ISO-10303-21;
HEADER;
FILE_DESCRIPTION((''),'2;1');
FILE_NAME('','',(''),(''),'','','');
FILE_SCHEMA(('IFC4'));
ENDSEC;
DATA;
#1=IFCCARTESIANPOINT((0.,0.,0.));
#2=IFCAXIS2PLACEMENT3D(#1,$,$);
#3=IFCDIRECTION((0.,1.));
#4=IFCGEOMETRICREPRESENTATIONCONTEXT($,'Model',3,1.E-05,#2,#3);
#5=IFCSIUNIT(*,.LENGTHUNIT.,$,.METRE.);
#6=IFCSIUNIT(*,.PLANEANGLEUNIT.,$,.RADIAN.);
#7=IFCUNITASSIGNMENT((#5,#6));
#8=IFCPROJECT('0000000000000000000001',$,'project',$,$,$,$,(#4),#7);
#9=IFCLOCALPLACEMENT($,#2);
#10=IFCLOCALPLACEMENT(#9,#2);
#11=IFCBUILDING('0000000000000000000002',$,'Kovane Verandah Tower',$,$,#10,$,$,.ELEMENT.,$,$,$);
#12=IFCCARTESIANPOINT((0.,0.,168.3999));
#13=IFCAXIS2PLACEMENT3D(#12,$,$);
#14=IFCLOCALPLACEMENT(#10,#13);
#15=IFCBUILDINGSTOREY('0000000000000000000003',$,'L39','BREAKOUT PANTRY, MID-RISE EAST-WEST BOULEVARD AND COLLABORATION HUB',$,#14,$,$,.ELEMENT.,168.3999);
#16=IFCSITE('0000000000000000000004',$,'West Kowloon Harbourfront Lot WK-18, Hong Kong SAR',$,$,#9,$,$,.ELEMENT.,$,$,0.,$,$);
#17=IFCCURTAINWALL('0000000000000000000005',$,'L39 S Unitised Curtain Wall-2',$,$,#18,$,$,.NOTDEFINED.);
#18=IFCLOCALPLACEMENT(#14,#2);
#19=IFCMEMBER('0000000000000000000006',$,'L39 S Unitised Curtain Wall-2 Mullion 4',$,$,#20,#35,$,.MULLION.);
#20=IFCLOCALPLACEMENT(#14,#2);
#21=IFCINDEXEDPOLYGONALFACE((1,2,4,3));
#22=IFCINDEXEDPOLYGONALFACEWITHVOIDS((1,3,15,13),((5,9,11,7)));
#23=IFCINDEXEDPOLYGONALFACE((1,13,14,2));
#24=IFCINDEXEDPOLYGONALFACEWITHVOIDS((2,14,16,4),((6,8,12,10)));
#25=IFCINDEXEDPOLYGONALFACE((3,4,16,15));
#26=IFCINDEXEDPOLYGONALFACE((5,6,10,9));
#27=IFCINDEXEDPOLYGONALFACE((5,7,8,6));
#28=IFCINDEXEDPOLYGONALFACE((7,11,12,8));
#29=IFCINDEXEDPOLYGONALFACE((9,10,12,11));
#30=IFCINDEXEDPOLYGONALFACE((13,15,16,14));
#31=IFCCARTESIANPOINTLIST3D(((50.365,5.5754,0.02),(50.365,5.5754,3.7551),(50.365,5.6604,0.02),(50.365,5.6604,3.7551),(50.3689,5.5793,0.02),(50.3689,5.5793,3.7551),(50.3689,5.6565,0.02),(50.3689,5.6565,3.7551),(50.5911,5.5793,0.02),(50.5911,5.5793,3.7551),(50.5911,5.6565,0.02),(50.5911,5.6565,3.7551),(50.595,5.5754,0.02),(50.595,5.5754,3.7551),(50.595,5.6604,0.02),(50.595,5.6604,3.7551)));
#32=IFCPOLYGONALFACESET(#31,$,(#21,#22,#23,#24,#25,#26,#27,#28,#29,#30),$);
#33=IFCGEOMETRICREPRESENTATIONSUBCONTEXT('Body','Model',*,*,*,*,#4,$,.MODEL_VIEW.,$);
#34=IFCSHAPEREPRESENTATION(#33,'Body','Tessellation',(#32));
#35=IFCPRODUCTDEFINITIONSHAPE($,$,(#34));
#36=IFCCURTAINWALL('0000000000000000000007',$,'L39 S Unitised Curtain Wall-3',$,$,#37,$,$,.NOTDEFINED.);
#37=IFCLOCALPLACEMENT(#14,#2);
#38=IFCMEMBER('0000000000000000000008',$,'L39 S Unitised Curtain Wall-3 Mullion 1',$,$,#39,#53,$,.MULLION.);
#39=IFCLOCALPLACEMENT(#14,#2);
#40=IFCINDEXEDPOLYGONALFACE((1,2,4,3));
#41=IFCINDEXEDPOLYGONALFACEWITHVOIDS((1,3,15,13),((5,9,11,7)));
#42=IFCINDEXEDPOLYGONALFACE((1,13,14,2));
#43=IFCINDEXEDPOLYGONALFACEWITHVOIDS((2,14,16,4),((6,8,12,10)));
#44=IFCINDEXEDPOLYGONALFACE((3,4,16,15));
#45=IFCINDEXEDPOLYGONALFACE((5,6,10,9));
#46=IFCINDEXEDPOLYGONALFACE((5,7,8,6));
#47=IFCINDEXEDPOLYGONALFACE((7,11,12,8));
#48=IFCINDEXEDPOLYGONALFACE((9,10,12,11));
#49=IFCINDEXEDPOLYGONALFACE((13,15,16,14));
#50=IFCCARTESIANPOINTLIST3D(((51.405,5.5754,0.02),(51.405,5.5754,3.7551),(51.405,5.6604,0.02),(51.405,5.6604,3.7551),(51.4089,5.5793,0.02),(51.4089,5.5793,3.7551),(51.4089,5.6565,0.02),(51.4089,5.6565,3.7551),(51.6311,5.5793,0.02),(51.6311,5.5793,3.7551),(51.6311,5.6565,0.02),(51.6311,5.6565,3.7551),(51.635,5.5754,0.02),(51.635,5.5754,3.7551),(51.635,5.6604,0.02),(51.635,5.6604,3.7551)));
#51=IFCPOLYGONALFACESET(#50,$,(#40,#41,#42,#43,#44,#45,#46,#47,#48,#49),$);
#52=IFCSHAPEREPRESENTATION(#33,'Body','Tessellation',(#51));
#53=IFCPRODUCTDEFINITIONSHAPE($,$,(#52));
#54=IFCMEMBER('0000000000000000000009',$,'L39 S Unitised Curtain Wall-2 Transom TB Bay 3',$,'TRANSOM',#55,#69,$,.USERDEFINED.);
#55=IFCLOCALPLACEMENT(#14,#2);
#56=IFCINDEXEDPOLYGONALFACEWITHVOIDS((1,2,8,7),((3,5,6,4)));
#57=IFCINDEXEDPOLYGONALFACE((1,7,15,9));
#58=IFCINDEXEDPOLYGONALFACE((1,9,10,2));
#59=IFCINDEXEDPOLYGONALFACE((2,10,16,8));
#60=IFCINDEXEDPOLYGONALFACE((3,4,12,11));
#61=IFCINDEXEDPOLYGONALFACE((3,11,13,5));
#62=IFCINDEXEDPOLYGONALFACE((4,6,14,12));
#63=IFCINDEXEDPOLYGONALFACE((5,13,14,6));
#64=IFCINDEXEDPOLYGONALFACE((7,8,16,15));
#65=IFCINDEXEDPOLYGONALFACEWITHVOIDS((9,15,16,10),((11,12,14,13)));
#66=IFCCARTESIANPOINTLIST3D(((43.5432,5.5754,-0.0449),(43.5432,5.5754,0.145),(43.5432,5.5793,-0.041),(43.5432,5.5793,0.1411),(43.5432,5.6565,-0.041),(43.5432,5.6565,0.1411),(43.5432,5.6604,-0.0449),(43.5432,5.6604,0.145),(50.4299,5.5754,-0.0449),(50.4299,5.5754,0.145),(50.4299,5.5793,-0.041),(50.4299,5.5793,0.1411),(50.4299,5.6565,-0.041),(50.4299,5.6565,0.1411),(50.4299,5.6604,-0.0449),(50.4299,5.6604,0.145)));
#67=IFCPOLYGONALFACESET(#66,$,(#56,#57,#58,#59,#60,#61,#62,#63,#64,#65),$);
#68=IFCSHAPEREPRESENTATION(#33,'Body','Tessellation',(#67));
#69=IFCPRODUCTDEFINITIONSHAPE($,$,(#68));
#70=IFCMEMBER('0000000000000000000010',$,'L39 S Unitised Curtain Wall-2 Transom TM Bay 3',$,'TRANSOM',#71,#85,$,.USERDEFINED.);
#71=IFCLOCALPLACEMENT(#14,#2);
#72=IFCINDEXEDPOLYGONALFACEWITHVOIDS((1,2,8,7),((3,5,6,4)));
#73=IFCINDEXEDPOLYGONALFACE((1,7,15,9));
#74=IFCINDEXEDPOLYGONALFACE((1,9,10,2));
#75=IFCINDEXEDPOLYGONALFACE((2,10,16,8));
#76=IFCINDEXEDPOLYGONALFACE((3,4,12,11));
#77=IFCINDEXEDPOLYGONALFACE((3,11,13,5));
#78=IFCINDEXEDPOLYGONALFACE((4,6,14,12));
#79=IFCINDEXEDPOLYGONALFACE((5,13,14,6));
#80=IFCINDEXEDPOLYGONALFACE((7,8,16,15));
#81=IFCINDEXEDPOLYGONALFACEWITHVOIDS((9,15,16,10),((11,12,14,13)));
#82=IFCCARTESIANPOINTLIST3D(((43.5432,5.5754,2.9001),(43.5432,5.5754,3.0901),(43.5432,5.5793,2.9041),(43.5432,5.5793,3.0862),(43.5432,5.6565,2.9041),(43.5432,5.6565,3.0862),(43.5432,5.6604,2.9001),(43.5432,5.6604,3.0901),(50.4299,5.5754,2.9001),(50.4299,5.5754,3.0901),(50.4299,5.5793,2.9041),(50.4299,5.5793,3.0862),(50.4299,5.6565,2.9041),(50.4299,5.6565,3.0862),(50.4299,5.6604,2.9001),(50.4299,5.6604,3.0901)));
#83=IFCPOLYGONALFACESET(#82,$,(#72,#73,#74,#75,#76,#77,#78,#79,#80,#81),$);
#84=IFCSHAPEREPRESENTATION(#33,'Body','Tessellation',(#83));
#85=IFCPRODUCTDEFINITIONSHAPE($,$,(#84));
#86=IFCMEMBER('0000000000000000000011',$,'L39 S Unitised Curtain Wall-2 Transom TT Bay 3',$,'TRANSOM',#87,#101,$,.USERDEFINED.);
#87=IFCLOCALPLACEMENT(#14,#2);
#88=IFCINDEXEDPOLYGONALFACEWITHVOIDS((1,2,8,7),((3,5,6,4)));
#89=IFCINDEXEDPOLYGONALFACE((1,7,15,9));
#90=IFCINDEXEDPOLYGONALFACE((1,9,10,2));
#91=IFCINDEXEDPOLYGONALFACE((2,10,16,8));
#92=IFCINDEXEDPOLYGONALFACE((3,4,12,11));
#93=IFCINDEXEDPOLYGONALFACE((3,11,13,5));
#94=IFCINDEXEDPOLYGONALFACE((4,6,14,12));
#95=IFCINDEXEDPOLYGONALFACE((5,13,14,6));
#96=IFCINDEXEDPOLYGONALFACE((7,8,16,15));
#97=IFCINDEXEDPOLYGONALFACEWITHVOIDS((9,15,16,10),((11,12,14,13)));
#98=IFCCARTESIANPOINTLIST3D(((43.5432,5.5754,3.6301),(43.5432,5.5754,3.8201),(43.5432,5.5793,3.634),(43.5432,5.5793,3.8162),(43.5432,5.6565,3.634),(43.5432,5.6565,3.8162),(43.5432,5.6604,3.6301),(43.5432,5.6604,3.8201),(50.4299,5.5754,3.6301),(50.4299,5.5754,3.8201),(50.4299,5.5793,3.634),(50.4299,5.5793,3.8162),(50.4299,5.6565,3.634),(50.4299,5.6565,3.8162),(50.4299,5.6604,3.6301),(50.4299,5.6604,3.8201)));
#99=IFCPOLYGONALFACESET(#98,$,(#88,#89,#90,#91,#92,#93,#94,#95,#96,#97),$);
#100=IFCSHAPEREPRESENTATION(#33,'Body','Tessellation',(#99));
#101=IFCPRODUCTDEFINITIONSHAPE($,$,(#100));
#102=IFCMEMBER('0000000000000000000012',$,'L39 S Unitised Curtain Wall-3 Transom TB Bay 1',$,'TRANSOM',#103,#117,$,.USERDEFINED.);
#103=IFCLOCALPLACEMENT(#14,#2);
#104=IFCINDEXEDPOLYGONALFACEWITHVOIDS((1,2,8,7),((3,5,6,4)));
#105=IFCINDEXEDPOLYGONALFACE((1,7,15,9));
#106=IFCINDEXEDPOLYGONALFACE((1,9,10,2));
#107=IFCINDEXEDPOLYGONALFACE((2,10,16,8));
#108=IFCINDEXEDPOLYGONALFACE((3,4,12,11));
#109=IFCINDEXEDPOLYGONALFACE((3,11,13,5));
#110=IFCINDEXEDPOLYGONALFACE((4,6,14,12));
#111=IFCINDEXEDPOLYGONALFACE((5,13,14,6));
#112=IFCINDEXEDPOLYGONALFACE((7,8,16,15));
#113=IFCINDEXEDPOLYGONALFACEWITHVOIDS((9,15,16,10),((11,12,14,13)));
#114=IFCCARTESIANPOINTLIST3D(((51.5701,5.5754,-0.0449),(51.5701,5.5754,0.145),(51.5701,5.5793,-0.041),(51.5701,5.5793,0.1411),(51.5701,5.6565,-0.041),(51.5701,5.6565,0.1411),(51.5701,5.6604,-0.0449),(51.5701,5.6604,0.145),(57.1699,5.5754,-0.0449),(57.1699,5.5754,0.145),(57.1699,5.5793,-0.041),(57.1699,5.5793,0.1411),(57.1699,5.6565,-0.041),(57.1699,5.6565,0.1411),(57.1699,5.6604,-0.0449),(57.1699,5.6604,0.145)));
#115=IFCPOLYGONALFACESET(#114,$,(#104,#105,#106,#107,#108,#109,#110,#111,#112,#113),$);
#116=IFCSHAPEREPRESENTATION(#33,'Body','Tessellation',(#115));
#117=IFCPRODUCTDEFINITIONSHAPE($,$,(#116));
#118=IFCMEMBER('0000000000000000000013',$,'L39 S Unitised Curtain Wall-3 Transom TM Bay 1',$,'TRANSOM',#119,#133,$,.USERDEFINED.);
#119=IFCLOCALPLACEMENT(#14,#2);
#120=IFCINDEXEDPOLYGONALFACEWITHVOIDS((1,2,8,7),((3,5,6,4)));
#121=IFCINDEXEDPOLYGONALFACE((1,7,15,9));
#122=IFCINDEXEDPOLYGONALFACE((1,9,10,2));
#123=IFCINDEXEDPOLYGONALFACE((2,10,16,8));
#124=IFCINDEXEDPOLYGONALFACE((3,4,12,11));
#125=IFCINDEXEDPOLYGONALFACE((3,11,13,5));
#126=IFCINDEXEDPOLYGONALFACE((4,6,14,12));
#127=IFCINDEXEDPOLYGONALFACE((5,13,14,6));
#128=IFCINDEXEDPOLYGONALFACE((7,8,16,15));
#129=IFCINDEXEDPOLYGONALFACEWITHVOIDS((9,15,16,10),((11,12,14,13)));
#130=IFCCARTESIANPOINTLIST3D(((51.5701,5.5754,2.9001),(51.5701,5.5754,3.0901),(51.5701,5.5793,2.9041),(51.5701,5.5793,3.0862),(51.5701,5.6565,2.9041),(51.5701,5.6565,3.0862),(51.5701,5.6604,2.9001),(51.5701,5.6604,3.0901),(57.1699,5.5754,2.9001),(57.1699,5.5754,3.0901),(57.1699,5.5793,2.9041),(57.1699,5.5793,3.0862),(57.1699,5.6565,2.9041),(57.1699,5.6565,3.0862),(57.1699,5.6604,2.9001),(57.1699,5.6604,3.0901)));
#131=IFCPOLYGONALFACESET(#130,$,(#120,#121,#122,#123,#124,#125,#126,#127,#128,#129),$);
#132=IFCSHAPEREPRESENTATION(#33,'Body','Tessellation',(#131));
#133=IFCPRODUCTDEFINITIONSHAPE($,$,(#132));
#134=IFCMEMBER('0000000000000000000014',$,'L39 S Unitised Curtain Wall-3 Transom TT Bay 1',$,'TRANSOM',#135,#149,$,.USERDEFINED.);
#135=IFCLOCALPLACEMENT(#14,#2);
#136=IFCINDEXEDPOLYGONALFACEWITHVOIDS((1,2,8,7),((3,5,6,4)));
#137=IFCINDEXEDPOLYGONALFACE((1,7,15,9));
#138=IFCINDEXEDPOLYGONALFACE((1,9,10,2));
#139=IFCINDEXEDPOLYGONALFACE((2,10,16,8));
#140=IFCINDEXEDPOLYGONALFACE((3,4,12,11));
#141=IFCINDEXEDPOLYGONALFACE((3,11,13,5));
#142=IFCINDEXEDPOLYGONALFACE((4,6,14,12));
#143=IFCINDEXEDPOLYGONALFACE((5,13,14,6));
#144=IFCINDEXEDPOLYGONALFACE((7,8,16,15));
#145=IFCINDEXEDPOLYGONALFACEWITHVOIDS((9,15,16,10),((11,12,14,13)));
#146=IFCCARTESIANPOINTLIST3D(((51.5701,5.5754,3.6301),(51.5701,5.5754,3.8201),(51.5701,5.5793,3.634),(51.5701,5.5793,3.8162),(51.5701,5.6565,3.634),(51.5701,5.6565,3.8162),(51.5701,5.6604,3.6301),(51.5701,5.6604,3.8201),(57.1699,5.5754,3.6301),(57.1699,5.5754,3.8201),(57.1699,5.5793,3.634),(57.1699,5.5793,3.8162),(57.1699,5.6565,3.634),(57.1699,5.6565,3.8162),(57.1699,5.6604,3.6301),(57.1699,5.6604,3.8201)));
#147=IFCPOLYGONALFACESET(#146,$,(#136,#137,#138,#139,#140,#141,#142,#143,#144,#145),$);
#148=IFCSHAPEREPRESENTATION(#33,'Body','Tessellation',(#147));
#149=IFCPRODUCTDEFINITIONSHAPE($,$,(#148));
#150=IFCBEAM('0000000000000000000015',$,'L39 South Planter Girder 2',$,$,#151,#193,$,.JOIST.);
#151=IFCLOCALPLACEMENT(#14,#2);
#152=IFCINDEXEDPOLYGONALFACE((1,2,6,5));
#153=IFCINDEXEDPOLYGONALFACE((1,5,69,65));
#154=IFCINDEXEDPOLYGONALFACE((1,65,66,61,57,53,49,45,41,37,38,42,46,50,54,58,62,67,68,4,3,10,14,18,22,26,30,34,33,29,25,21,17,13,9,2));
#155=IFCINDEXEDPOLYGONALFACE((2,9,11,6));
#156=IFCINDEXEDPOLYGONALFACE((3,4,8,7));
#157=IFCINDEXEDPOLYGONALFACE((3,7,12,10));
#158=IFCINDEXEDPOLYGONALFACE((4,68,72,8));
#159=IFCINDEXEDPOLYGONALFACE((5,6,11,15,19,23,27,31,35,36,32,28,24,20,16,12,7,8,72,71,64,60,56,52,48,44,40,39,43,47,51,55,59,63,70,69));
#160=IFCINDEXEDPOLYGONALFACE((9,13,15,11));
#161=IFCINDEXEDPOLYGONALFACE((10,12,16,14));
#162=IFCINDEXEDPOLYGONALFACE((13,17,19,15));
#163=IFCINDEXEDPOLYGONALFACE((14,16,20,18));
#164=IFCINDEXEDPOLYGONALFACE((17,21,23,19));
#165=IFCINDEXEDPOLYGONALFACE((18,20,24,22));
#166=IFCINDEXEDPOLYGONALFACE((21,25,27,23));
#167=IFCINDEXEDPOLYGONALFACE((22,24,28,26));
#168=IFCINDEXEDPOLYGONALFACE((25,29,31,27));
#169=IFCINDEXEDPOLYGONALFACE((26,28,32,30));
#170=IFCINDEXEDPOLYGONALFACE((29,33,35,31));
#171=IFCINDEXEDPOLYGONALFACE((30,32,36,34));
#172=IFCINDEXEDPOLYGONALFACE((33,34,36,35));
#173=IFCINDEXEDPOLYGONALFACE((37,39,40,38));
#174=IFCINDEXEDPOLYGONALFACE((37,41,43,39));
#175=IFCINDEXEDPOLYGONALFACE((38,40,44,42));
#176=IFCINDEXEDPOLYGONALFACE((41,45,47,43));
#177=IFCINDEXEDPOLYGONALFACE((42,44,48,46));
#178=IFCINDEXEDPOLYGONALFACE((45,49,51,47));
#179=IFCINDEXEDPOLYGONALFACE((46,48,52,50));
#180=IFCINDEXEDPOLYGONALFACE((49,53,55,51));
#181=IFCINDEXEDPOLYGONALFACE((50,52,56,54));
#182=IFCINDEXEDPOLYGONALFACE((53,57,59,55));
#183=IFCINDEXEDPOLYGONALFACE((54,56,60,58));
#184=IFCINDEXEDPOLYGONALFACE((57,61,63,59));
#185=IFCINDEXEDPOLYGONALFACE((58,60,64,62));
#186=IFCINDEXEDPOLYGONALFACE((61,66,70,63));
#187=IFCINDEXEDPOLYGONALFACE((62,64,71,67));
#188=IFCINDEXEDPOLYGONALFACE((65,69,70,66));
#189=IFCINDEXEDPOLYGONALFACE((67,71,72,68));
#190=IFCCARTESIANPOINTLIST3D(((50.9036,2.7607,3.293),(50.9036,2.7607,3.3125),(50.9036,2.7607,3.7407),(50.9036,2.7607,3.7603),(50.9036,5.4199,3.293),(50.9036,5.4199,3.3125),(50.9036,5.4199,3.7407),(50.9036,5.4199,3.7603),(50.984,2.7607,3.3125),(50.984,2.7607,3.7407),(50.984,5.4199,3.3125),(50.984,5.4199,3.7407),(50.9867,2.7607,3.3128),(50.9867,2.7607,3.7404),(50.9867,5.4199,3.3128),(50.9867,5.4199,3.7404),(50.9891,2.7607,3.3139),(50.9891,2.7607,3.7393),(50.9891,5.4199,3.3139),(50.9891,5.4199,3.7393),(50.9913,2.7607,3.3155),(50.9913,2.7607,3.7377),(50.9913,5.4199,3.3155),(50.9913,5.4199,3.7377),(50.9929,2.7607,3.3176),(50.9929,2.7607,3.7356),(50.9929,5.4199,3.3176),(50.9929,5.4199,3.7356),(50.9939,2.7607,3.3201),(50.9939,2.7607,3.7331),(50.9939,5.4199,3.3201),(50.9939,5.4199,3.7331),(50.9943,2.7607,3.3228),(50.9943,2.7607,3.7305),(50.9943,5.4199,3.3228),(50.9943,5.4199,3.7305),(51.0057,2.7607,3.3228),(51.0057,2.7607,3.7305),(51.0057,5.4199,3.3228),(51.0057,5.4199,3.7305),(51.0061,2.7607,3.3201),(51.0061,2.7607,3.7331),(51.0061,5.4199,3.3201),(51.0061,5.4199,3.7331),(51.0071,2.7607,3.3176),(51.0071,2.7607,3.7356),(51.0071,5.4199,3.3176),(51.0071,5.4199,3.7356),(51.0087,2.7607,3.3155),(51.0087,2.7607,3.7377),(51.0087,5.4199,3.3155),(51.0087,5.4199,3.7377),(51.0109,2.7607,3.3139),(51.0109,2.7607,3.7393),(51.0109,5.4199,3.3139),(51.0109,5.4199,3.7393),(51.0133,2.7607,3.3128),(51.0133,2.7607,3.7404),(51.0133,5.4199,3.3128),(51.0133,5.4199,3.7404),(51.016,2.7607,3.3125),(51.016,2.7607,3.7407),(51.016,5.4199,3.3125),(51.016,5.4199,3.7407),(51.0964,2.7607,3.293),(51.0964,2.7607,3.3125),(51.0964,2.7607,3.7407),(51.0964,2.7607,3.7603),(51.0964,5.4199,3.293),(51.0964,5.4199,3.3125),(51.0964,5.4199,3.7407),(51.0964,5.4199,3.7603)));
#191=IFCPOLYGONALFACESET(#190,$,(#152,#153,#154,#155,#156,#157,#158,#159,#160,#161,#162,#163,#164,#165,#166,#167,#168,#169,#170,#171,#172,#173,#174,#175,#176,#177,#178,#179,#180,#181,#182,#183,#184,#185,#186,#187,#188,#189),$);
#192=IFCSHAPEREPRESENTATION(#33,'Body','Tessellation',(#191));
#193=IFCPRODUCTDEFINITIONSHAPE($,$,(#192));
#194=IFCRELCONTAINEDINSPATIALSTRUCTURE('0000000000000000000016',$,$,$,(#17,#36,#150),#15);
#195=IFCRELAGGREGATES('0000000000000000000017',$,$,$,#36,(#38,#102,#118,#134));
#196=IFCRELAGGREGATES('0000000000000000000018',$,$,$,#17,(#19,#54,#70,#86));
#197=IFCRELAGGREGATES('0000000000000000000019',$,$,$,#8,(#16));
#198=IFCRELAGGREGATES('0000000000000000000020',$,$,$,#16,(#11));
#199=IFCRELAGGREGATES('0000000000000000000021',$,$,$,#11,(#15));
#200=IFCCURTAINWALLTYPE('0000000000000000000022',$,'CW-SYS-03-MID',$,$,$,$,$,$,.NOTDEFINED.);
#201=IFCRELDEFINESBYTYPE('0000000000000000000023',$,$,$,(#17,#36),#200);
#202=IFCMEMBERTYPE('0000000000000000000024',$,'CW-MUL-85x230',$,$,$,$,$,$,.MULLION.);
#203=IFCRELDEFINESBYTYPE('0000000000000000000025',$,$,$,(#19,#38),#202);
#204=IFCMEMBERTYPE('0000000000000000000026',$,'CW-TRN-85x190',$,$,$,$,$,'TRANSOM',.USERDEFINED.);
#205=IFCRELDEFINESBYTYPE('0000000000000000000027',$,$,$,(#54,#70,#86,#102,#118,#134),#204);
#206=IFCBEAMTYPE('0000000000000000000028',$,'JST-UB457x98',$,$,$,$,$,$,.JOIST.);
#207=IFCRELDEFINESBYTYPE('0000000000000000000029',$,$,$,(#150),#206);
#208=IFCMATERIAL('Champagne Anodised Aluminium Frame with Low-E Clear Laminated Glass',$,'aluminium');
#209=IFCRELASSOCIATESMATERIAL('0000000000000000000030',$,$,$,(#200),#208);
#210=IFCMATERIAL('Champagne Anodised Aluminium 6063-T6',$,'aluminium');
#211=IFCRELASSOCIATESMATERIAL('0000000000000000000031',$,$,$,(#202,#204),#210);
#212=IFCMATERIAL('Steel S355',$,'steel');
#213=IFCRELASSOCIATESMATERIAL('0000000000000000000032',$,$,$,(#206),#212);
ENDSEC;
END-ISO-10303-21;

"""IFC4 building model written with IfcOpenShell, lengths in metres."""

from ifc_helpers import new_model, si_unit, direction, frame, origin, origin_2d, place, context, subcontext, project, spatial, hollow_rectangle, i_section, extrude, material, material_profile, profile_set, type_object, element, aggregate, save


model = new_model("IFC4")

# Units and contexts
model_context = context("Model", 3, precision=1e-05, world=origin(), true_north=direction((0.0, 1.0)))
body_context = subcontext(model_context, "Body", "Model", "MODEL_VIEW")
ifc_project = project(units=[si_unit("LENGTHUNIT", "METRE"), si_unit("PLANEANGLEUNIT", "RADIAN")], contexts=[model_context])

# Site, building, storey
site_placement = place(None, origin())
site = spatial("IfcSite", under=ifc_project, at=site_placement, Name="West Kowloon Harbourfront Lot WK-18, Hong Kong SAR", CompositionType="ELEMENT", RefElevation=0.0)
building_placement = place(site_placement, origin())
building = spatial("IfcBuilding", under=site, at=building_placement, Name="Kovane Verandah Tower", CompositionType="ELEMENT")
storey_placement = place(building_placement, frame((0.0, 0.0, 168.3999)))
storey = spatial("IfcBuildingStorey", under=building, at=storey_placement, Name="L39", Description="BREAKOUT PANTRY, MID-RISE EAST-WEST BOULEVARD AND COLLABORATION HUB", CompositionType="ELEMENT", Elevation=168.3999)

# Shared definitions
ifc_material_1 = material(Name="Steel S355", Category="steel")

# Curtain wall, member
ifc_material_2 = material(Name="Champagne Anodised Aluminium Frame with Low-E Clear Laminated Glass", Category="aluminium")
curtain_wall_type = type_object("IfcCurtainWallType", Name="CW-SYS-03-MID", PredefinedType="NOTDEFINED", material=ifc_material_2)
curtain_wall_1_placement = place(storey_placement, origin())
curtain_wall_1 = element("IfcCurtainWall", 1, at=curtain_wall_1_placement, inside=storey, type_object=curtain_wall_type, Name="L39 S Unitised Curtain Wall-2", PredefinedType="NOTDEFINED")
ifc_material_3 = material(Name="Champagne Anodised Aluminium 6063-T6", Category="aluminium")
ifc_material_profile_1 = material_profile(ifc_material_3, hollow_rectangle(XDim=0.085, YDim=0.23, WallThickness=0.0039, at=origin_2d()), Name="AL85x230x4")
ifc_profile_set_1 = profile_set([ifc_material_profile_1], Name="Champagne Anodised Aluminium 6063-T6")
member_type_1 = type_object("IfcMemberType", Name="CW-MUL-85x230", PredefinedType="MULLION", material=ifc_profile_set_1)
member_1_placement = place(storey_placement, frame((50.48, 5.6179, 0.02), z_axis=(0.0, 0.0, 1.0), x_axis=(0.0, -1.0, 0.0)))
member_1 = element("IfcMember", 2, at=member_1_placement, type_object=member_type_1, Name="L39 S Unitised Curtain Wall-2 Mullion 4", PredefinedType="MULLION", context=body_context, shape_type="SweptSolid", body=[
    extrude(hollow_rectangle(XDim=0.085, YDim=0.23, WallThickness=0.0039, at=origin_2d()), origin(), (0.0, 0.0, 1.0), 3.7351),
])

# Curtain wall, member
curtain_wall_2_placement = place(storey_placement, origin())
curtain_wall_2 = element("IfcCurtainWall", 3, at=curtain_wall_2_placement, inside=storey, type_object=curtain_wall_type, Name="L39 S Unitised Curtain Wall-3", PredefinedType="NOTDEFINED")
member_2_placement = place(storey_placement, frame((51.52, 5.6179, 0.02), z_axis=(0.0, 0.0, 1.0), x_axis=(0.0, -1.0, 0.0)))
member_2 = element("IfcMember", 4, at=member_2_placement, type_object=member_type_1, Name="L39 S Unitised Curtain Wall-3 Mullion 1", PredefinedType="MULLION", context=body_context, shape_type="SweptSolid", body=[
    extrude(hollow_rectangle(XDim=0.085, YDim=0.23, WallThickness=0.0039, at=origin_2d()), origin(), (0.0, 0.0, 1.0), 3.7351),
])

# Members
ifc_material_profile_2 = material_profile(ifc_material_3, hollow_rectangle(XDim=0.085, YDim=0.1899, WallThickness=0.0039, at=origin_2d()), Name="AL85x190x4")
ifc_profile_set_2 = profile_set([ifc_material_profile_2], Name="Champagne Anodised Aluminium 6063-T6")
member_type_2 = type_object("IfcMemberType", Name="CW-TRN-85x190", ElementType="TRANSOM", PredefinedType="USERDEFINED", material=ifc_profile_set_2)
member_3_placement = place(storey_placement, frame((43.5432, 5.6179, 0.05), z_axis=(1.0, 0.0, 0.0), x_axis=(0.0, 1.0, 0.0)))
member_3 = element("IfcMember", 5, at=member_3_placement, type_object=member_type_2, Name="L39 S Unitised Curtain Wall-2 Transom TB Bay 3", ObjectType="TRANSOM", PredefinedType="USERDEFINED", context=body_context, shape_type="SweptSolid", body=[
    extrude(hollow_rectangle(XDim=0.085, YDim=0.1899, WallThickness=0.0039, at=origin_2d()), origin(), (0.0, 0.0, 1.0), 6.8867),
])
member_4_placement = place(storey_placement, frame((43.5432, 5.6179, 2.9951), z_axis=(1.0, 0.0, 0.0), x_axis=(0.0, 1.0, 0.0)))
member_4 = element("IfcMember", 6, at=member_4_placement, type_object=member_type_2, Name="L39 S Unitised Curtain Wall-2 Transom TM Bay 3", ObjectType="TRANSOM", PredefinedType="USERDEFINED", context=body_context, shape_type="SweptSolid", body=[
    extrude(hollow_rectangle(XDim=0.085, YDim=0.1899, WallThickness=0.0039, at=origin_2d()), origin(), (0.0, 0.0, 1.0), 6.8867),
])
member_5_placement = place(storey_placement, frame((43.5432, 5.6179, 3.7251), z_axis=(1.0, 0.0, 0.0), x_axis=(0.0, 1.0, 0.0)))
member_5 = element("IfcMember", 7, at=member_5_placement, type_object=member_type_2, Name="L39 S Unitised Curtain Wall-2 Transom TT Bay 3", ObjectType="TRANSOM", PredefinedType="USERDEFINED", context=body_context, shape_type="SweptSolid", body=[
    extrude(hollow_rectangle(XDim=0.085, YDim=0.1899, WallThickness=0.0039, at=origin_2d()), origin(), (0.0, 0.0, 1.0), 6.8867),
])
member_6_placement = place(storey_placement, frame((51.5701, 5.6179, 0.05), z_axis=(1.0, 0.0, 0.0), x_axis=(0.0, 1.0, 0.0)))
member_6 = element("IfcMember", 8, at=member_6_placement, type_object=member_type_2, Name="L39 S Unitised Curtain Wall-3 Transom TB Bay 1", ObjectType="TRANSOM", PredefinedType="USERDEFINED", context=body_context, shape_type="SweptSolid", body=[
    extrude(hollow_rectangle(XDim=0.085, YDim=0.1899, WallThickness=0.0039, at=origin_2d()), origin(), (0.0, 0.0, 1.0), 5.5999),
])
member_7_placement = place(storey_placement, frame((51.5701, 5.6179, 2.9951), z_axis=(1.0, 0.0, 0.0), x_axis=(0.0, 1.0, 0.0)))
member_7 = element("IfcMember", 9, at=member_7_placement, type_object=member_type_2, Name="L39 S Unitised Curtain Wall-3 Transom TM Bay 1", ObjectType="TRANSOM", PredefinedType="USERDEFINED", context=body_context, shape_type="SweptSolid", body=[
    extrude(hollow_rectangle(XDim=0.085, YDim=0.1899, WallThickness=0.0039, at=origin_2d()), origin(), (0.0, 0.0, 1.0), 5.5999),
])
member_8_placement = place(storey_placement, frame((51.5701, 5.6179, 3.7251), z_axis=(1.0, 0.0, 0.0), x_axis=(0.0, 1.0, 0.0)))
member_8 = element("IfcMember", 10, at=member_8_placement, type_object=member_type_2, Name="L39 S Unitised Curtain Wall-3 Transom TT Bay 1", ObjectType="TRANSOM", PredefinedType="USERDEFINED", context=body_context, shape_type="SweptSolid", body=[
    extrude(hollow_rectangle(XDim=0.085, YDim=0.1899, WallThickness=0.0039, at=origin_2d()), origin(), (0.0, 0.0, 1.0), 5.5999),
])
aggregate(curtain_wall_2, [member_2, member_6, member_7, member_8])

# Beam
ifc_material_profile_3 = material_profile(ifc_material_1, i_section(OverallWidth=0.1929, OverallDepth=0.4673, WebThickness=0.0115, FlangeThickness=0.0195, FilletRadius=0.0103, at=origin_2d()), Name="UB457x191x98")
ifc_profile_set_3 = profile_set([ifc_material_profile_3], Name="Steel S355")
beam_type_1 = type_object("IfcBeamType", Name="JST-UB457x98", PredefinedType="JOIST", material=ifc_profile_set_3)
beam_1_placement = place(storey_placement, frame((51.0, 5.4199, 3.5266), z_axis=(0.0, -1.0, 0.0), x_axis=(1.0, 0.0, 0.0)))
element("IfcBeam", 11, at=beam_1_placement, inside=storey, type_object=beam_type_1, Name="L39 South Planter Girder 2", PredefinedType="JOIST", context=body_context, shape_type="SweptSolid", body=[
    extrude(i_section(OverallWidth=0.1929, OverallDepth=0.4673, WebThickness=0.0115, FlangeThickness=0.0195, FilletRadius=0.0103, at=origin_2d()), origin(), (0.0, 0.0, 1.0), 2.6592),
])

aggregate(curtain_wall_1, [member_1, member_3, member_4, member_5])

save(model, "model.ifc")
